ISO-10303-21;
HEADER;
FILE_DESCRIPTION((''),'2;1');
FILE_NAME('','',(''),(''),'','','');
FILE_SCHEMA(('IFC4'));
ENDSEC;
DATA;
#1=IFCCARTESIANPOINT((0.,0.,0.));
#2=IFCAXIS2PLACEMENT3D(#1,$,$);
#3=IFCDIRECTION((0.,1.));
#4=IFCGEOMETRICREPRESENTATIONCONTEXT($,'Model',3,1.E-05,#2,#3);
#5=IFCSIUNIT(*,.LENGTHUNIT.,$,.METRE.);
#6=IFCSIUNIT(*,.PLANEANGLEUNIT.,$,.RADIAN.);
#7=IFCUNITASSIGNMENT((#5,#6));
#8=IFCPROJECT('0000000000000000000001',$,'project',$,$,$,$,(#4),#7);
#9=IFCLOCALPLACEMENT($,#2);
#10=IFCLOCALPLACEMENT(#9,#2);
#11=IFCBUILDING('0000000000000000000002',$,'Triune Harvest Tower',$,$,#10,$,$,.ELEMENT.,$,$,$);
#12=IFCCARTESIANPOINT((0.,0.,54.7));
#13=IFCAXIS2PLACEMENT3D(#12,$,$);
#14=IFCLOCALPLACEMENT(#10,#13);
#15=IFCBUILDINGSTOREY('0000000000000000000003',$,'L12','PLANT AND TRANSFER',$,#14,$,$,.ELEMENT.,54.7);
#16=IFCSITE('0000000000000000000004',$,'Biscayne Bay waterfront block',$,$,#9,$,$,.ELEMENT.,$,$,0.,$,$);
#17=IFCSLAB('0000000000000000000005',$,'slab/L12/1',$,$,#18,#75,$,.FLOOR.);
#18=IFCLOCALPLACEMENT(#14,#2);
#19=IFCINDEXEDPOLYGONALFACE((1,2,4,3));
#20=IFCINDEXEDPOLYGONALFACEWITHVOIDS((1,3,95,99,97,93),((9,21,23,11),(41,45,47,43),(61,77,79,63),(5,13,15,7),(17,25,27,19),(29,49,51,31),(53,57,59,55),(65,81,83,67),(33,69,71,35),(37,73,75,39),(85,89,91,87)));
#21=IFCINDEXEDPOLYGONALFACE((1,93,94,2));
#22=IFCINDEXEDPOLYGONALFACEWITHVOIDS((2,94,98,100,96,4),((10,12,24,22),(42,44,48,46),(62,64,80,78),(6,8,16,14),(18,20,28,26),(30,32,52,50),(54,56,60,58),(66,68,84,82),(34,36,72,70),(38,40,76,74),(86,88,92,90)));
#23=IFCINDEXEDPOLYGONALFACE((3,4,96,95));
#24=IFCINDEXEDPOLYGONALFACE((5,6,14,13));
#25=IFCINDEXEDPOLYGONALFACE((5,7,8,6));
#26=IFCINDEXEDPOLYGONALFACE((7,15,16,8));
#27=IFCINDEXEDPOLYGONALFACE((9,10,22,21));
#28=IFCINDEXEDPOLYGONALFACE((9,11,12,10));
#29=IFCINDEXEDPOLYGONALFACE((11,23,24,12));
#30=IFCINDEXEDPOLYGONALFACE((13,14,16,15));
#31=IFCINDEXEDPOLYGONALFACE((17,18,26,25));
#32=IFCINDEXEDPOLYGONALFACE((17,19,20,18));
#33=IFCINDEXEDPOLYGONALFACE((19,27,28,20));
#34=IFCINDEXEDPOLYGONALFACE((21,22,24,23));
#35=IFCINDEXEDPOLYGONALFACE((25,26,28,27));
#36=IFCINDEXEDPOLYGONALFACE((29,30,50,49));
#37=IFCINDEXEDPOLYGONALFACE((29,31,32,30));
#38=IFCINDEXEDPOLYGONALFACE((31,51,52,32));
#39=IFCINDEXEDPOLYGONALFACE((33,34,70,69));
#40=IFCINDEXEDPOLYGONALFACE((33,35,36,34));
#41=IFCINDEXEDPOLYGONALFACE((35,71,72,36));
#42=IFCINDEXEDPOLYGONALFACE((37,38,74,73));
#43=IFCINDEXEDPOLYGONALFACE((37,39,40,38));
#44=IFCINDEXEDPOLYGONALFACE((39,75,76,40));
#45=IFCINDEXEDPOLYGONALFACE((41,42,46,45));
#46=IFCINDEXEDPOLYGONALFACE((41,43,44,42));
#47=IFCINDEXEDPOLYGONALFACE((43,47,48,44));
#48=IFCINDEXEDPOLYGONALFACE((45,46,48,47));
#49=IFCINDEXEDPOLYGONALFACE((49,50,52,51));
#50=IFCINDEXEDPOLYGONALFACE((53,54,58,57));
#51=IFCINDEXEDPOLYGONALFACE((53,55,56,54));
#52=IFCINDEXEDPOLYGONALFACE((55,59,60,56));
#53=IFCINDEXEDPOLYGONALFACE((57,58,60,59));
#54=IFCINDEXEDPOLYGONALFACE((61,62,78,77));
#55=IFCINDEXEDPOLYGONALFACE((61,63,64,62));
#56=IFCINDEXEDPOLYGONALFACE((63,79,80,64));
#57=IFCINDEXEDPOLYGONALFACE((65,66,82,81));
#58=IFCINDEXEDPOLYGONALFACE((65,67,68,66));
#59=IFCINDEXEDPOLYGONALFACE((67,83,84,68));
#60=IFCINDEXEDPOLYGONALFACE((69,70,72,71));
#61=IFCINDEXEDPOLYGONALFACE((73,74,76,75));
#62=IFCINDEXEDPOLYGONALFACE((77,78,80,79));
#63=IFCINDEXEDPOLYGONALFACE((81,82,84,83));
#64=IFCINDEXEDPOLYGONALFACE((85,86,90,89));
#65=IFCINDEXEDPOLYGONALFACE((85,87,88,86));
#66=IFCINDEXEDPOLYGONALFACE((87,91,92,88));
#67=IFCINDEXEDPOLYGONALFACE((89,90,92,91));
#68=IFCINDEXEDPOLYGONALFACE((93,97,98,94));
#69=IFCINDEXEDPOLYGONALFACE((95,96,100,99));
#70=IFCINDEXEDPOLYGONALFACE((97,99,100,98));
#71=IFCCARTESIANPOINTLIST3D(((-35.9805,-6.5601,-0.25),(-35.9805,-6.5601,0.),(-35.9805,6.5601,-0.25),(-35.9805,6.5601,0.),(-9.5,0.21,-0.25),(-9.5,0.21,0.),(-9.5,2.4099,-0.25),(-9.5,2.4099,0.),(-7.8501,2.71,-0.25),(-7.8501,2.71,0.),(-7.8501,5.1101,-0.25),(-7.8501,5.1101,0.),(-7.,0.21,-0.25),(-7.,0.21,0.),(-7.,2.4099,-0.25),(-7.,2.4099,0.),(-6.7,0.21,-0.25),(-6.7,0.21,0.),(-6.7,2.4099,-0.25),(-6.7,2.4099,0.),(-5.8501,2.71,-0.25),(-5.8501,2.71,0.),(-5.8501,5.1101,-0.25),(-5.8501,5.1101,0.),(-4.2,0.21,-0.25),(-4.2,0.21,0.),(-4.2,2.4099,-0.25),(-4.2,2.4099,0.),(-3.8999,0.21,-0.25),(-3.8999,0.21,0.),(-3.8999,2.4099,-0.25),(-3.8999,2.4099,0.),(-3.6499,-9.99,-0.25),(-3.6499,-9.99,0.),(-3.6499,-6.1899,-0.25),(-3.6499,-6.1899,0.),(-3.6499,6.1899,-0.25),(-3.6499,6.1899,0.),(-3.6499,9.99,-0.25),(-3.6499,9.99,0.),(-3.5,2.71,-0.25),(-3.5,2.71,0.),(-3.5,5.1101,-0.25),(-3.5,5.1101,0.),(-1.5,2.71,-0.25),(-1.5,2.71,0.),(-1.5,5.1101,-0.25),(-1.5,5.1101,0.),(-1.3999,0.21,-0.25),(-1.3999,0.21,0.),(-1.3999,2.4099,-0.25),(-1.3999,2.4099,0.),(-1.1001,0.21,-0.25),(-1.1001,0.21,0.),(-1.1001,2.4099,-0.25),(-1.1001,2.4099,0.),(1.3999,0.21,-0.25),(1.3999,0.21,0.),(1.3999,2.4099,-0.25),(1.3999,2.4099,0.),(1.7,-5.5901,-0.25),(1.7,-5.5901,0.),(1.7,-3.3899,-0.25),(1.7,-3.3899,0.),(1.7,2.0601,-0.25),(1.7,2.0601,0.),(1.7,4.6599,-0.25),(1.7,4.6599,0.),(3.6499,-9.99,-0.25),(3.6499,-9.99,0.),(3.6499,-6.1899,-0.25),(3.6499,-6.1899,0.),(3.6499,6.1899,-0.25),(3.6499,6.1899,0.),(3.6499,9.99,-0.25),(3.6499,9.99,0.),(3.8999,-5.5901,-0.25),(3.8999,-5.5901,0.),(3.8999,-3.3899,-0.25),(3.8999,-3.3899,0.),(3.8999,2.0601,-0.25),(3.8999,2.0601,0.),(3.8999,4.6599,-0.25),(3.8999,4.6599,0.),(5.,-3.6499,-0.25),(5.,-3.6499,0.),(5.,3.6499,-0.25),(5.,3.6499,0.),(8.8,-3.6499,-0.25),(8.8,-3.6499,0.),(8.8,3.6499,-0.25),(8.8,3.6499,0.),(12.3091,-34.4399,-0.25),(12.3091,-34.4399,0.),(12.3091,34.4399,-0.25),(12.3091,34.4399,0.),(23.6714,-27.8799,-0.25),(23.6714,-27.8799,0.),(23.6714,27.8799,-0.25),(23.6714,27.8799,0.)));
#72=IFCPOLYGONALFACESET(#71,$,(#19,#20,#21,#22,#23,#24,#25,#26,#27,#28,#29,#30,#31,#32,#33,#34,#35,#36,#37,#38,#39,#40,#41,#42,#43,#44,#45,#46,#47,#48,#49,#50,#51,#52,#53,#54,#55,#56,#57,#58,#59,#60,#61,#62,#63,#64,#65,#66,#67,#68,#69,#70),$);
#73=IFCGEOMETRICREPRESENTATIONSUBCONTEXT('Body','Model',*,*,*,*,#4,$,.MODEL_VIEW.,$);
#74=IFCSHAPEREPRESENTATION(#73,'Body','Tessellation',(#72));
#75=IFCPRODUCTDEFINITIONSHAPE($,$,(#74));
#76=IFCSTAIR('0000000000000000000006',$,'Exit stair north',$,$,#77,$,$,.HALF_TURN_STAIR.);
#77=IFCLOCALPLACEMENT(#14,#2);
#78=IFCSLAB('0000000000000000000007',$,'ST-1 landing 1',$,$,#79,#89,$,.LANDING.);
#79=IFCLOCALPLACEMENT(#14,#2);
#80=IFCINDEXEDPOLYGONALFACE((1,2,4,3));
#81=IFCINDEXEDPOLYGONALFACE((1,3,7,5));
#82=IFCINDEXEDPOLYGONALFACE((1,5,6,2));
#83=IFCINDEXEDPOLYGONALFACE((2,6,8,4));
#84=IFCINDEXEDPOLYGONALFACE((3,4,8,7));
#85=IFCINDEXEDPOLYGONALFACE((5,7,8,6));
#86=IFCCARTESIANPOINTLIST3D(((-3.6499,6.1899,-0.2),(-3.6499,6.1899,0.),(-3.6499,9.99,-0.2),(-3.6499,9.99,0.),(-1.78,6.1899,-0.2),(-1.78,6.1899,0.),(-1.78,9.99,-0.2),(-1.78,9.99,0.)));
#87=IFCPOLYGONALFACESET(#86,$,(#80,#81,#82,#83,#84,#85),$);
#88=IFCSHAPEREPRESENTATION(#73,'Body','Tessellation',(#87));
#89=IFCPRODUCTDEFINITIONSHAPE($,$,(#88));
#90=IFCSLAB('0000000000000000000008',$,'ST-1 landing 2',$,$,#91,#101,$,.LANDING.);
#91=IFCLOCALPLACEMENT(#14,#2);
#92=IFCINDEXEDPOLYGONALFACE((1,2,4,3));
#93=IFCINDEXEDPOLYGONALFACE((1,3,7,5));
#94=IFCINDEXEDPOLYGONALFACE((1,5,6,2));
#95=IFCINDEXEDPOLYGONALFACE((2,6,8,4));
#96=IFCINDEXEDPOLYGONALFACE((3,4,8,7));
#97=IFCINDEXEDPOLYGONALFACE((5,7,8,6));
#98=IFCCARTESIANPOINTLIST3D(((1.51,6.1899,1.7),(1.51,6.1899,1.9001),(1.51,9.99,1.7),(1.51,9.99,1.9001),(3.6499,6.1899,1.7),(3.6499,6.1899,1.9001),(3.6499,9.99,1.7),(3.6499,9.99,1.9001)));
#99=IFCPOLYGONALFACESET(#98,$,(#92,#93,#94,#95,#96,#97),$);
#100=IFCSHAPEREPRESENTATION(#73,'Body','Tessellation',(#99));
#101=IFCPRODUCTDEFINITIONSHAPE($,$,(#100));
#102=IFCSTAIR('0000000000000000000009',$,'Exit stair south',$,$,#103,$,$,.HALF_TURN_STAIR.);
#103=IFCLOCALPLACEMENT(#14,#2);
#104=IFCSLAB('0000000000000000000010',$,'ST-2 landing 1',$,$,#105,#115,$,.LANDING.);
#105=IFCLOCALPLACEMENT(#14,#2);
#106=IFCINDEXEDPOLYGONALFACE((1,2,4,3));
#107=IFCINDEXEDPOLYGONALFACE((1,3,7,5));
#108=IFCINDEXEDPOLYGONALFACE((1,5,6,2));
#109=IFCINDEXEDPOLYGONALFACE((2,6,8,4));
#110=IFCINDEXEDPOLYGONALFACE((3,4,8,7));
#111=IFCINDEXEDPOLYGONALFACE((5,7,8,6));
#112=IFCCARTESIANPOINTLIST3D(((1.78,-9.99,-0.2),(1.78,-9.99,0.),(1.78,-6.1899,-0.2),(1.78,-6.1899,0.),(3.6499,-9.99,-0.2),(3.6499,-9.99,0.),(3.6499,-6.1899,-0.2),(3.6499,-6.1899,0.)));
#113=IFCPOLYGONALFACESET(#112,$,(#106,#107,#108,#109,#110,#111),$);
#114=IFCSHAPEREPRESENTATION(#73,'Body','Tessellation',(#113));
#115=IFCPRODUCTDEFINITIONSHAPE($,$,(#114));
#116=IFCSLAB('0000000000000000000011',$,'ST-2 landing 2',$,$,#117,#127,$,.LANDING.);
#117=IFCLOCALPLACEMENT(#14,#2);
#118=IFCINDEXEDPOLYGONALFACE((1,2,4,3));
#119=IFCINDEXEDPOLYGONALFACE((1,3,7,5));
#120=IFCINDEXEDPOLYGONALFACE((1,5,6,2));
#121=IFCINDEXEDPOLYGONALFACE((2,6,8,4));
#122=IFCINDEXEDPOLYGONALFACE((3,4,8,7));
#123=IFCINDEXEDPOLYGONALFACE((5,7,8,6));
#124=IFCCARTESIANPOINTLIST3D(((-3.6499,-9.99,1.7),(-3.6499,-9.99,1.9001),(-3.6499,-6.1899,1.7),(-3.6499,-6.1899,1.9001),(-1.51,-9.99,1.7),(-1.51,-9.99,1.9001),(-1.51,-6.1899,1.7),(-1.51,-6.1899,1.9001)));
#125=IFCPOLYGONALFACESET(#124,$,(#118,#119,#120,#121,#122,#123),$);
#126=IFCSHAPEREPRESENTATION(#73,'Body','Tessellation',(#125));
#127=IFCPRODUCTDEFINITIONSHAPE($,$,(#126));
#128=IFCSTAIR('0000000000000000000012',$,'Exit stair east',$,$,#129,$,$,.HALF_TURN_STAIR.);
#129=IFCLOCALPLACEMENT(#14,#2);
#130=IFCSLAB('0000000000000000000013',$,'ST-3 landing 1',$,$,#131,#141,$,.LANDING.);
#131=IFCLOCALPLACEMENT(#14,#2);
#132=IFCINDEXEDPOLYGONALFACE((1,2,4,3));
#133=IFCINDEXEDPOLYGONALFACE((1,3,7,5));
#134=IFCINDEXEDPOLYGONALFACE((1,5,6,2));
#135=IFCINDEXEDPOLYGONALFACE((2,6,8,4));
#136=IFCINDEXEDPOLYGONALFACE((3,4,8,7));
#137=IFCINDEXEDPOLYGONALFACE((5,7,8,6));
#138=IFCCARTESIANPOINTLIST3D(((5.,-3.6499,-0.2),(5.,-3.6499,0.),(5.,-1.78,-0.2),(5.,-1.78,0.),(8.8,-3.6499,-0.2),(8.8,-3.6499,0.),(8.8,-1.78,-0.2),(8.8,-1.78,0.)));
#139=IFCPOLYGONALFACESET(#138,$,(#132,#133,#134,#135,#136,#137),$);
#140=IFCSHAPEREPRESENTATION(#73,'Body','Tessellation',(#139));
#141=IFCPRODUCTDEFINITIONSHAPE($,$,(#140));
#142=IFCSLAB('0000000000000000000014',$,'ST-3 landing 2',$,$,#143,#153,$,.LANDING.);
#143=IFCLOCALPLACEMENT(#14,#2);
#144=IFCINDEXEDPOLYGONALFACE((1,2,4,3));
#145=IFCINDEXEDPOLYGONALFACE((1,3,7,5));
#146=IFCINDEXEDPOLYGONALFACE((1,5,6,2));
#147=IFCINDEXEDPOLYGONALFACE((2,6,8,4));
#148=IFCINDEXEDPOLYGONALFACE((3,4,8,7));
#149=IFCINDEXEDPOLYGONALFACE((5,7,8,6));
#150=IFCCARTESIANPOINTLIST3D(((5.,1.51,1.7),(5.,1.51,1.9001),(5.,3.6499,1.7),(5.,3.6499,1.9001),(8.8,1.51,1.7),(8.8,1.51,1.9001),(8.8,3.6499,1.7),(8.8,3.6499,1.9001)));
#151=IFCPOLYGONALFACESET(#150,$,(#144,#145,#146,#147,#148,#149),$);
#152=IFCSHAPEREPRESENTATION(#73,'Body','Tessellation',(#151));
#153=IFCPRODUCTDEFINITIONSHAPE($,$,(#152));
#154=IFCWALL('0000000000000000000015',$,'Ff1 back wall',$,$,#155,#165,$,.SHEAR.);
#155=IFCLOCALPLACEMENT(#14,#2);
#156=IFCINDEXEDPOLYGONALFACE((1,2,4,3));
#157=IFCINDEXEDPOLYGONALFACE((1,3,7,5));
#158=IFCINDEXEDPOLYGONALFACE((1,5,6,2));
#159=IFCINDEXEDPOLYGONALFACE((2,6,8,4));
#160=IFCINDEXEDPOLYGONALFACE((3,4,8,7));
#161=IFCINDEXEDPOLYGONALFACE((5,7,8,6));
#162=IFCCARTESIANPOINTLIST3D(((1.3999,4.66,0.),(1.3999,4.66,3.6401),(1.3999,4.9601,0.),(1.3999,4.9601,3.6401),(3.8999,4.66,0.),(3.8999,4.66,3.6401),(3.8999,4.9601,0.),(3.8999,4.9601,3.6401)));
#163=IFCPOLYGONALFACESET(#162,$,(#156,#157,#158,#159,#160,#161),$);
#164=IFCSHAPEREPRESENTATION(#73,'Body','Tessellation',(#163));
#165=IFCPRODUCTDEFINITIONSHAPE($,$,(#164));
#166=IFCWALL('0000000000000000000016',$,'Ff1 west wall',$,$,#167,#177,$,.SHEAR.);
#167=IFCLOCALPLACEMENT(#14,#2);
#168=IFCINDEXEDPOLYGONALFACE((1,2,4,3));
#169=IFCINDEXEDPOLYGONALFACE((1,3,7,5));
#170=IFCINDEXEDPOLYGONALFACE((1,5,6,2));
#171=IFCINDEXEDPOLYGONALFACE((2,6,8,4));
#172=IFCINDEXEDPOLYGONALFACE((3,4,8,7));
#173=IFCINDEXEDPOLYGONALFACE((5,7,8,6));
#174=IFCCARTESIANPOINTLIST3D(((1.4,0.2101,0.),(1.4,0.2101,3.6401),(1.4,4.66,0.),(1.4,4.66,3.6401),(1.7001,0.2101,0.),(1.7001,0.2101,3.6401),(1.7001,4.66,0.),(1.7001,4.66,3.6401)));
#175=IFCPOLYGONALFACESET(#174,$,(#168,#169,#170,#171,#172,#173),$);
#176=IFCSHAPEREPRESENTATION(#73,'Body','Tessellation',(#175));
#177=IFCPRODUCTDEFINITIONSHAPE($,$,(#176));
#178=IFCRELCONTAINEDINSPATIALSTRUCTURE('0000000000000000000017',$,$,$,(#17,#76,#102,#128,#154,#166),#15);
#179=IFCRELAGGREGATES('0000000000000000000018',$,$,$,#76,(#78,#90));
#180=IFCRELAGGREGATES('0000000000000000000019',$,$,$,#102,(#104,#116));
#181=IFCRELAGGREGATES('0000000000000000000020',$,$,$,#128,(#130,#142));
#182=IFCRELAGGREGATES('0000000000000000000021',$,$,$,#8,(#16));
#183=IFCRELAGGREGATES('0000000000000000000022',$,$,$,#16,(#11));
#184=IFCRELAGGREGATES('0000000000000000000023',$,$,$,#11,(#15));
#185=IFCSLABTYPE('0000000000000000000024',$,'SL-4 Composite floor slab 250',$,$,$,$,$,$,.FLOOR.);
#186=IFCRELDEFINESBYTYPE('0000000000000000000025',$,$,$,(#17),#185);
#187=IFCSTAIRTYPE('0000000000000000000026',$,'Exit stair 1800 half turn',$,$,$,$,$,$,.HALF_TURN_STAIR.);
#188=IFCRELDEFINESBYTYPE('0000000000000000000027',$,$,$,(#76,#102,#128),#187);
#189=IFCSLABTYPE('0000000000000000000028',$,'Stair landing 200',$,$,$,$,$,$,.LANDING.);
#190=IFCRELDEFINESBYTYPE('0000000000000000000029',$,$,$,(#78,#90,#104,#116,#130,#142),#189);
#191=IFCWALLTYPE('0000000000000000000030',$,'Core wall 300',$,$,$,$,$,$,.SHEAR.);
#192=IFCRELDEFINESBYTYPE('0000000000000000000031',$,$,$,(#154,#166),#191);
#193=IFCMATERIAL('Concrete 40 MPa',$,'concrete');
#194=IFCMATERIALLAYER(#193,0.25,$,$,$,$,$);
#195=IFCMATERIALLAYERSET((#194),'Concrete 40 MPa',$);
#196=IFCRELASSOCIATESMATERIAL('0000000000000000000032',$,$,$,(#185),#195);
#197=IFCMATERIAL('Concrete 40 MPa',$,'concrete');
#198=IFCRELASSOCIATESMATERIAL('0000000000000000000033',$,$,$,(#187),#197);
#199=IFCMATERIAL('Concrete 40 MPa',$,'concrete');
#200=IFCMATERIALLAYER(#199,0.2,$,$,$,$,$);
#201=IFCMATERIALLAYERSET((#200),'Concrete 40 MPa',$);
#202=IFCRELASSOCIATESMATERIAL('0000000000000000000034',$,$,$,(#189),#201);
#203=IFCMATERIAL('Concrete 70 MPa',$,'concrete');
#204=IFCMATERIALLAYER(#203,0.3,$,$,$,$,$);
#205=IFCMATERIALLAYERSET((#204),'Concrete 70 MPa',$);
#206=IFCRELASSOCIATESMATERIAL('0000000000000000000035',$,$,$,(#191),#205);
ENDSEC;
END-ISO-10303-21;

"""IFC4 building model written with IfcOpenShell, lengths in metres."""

from ifc_helpers import new_model, si_unit, direction, frame, frame_2d, origin, place, context, subcontext, project, spatial, polyline, rectangle, outline, extrude, source, transform, mapped, material, layer, layer_set, type_object, element, aggregate, save


model = new_model("IFC4")

# Units and contexts
model_context = context("Model", 3, precision=1e-05, world=origin(), true_north=direction((0.0, 1.0)))
body_context = subcontext(model_context, "Body", "Model", "MODEL_VIEW")
ifc_project = project(units=[si_unit("LENGTHUNIT", "METRE"), si_unit("PLANEANGLEUNIT", "RADIAN")], contexts=[model_context])

# Site, building, storey
site_placement = place(None, origin())
site = spatial("IfcSite", under=ifc_project, at=site_placement, Name="Biscayne Bay waterfront block", CompositionType="ELEMENT", RefElevation=0.0)
building_placement = place(site_placement, origin())
building = spatial("IfcBuilding", under=site, at=building_placement, Name="Triune Harvest Tower", CompositionType="ELEMENT")
storey_placement = place(building_placement, frame((0.0, 0.0, 54.7)))
storey = spatial("IfcBuildingStorey", under=building, at=storey_placement, Name="L12", Description="PLANT AND TRANSFER", CompositionType="ELEMENT", Elevation=54.7)

# Slab
ifc_material_1 = material(Name="Concrete 40 MPa", Category="concrete")
ifc_layer_1 = layer(ifc_material_1, 0.25)
ifc_layer_set_1 = layer_set([ifc_layer_1], Name="Concrete 40 MPa")
slab_type_1 = type_object("IfcSlabType", Name="SL-4 Composite floor slab 250", PredefinedType="FLOOR", material=ifc_layer_set_1)
slab_1_placement = place(storey_placement, frame((0.0, 0.0, -0.25)))
element("IfcSlab", 1, at=slab_1_placement, inside=storey, type_object=slab_type_1, Name="slab/L12/1", PredefinedType="FLOOR", context=body_context, shape_type="SweptSolid", body=[
    extrude(outline(polyline([(23.6714, -27.8799), (23.6714, 27.8799), (12.3091, 34.4399), (-35.9805, 6.5601), (-35.9805, -6.5601), (12.3091, -34.4399), (23.6714, -27.8799)]), holes=[polyline([(-7.0, 0.21), (-7.0, 2.4099), (-9.5, 2.4099), (-9.5, 0.21), (-7.0, 0.21)]), polyline([(-4.2, 0.21), (-4.2, 2.4099), (-6.7, 2.4099), (-6.7, 0.21), (-4.2, 0.21)]), polyline([(-1.3999, 0.21), (-1.3999, 2.4099), (-3.8999, 2.4099), (-3.8999, 0.21), (-1.3999, 0.21)]), polyline([(1.3999, 0.21), (1.3999, 2.4099), (-1.1001, 2.4099), (-1.1001, 0.21), (1.3999, 0.21)]), polyline([(3.8999, 2.0601), (3.8999, 4.6599), (1.7, 4.6599), (1.7, 2.0601), (3.8999, 2.0601)]), polyline([(3.8999, -5.5901), (3.8999, -3.3899), (1.7, -3.3899), (1.7, -5.5901), (3.8999, -5.5901)]), polyline([(-5.8501, 2.71), (-5.8501, 5.1101), (-7.8501, 5.1101), (-7.8501, 2.71), (-5.8501, 2.71)]), polyline([(-1.5, 2.71), (-1.5, 5.1101), (-3.5, 5.1101), (-3.5, 2.71), (-1.5, 2.71)]), polyline([(3.6499, 6.1899), (3.6499, 9.99), (-3.6499, 9.99), (-3.6499, 6.1899), (3.6499, 6.1899)]), polyline([(3.6499, -9.99), (3.6499, -6.1899), (-3.6499, -6.1899), (-3.6499, -9.99), (3.6499, -9.99)]), polyline([(8.8, -3.6499), (8.8, 3.6499), (5.0, 3.6499), (5.0, -3.6499), (8.8, -3.6499)])]), origin(), (0.0, 0.0, 1.0), 0.25),
])

# Stairs, slabs
ifc_material_2 = material(Name="Concrete 40 MPa", Category="concrete")
stair_type = type_object("IfcStairType", Name="Exit stair 1800 half turn", PredefinedType="HALF_TURN_STAIR", material=ifc_material_2)
stair_1_placement = place(storey_placement, origin())
stair_1 = element("IfcStair", 2, at=stair_1_placement, inside=storey, type_object=stair_type, Name="Exit stair north", PredefinedType="HALF_TURN_STAIR")
ifc_material_3 = material(Name="Concrete 40 MPa", Category="concrete")
ifc_layer_2 = layer(ifc_material_3, 0.2)
ifc_layer_set_2 = layer_set([ifc_layer_2], Name="Concrete 40 MPa")
slab_type_2 = type_object("IfcSlabType", Name="Stair landing 200", PredefinedType="LANDING", material=ifc_layer_set_2)
shared_shape_1 = source(origin(), body_context, "Body", "SweptSolid", [
    extrude(outline(polyline([(-3.6499, 6.1899), (-1.78, 6.1899), (-1.78, 9.99), (-3.6499, 9.99), (-3.6499, 6.1899)])), origin(), (0.0, 0.0, 1.0), 0.2),
])
slab_2_placement = place(storey_placement, frame((0.0, 0.0, -0.2)))
slab_2 = element("IfcSlab", 3, at=slab_2_placement, type_object=slab_type_2, Name="ST-1 landing 1", PredefinedType="LANDING", context=body_context, shape_type="MappedRepresentation", body=[
    mapped(shared_shape_1, transform((0.0, 0.0, 0.0), scale=1.0)),
])
shared_shape_2 = source(origin(), body_context, "Body", "SweptSolid", [
    extrude(outline(polyline([(1.51, 6.1899), (3.6499, 6.1899), (3.6499, 9.99), (1.51, 9.99), (1.51, 6.1899)])), origin(), (0.0, 0.0, 1.0), 0.2002),
])
slab_3_placement = place(storey_placement, frame((0.0, 0.0, 1.7)))
slab_3 = element("IfcSlab", 4, at=slab_3_placement, type_object=slab_type_2, Name="ST-1 landing 2", PredefinedType="LANDING", context=body_context, shape_type="MappedRepresentation", body=[
    mapped(shared_shape_2, transform((0.0, 0.0, 0.0), scale=1.0)),
])
aggregate(stair_1, [slab_2, slab_3])
stair_2_placement = place(storey_placement, origin())
stair_2 = element("IfcStair", 5, at=stair_2_placement, inside=storey, type_object=stair_type, Name="Exit stair south", PredefinedType="HALF_TURN_STAIR")
shared_shape_3 = source(origin(), body_context, "Body", "SweptSolid", [
    extrude(outline(polyline([(3.6499, -6.1899), (1.78, -6.1899), (1.78, -9.99), (3.6499, -9.99), (3.6499, -6.1899)])), origin(), (0.0, 0.0, 1.0), 0.2),
])
slab_4_placement = place(storey_placement, frame((0.0, 0.0, -0.2)))
slab_4 = element("IfcSlab", 6, at=slab_4_placement, type_object=slab_type_2, Name="ST-2 landing 1", PredefinedType="LANDING", context=body_context, shape_type="MappedRepresentation", body=[
    mapped(shared_shape_3, transform((0.0, 0.0, 0.0), scale=1.0)),
])
shared_shape_4 = source(origin(), body_context, "Body", "SweptSolid", [
    extrude(outline(polyline([(-1.51, -6.1899), (-3.6499, -6.1899), (-3.6499, -9.99), (-1.51, -9.99), (-1.51, -6.1899)])), origin(), (0.0, 0.0, 1.0), 0.2002),
])
slab_5_placement = place(storey_placement, frame((0.0, 0.0, 1.7)))
slab_5 = element("IfcSlab", 7, at=slab_5_placement, type_object=slab_type_2, Name="ST-2 landing 2", PredefinedType="LANDING", context=body_context, shape_type="MappedRepresentation", body=[
    mapped(shared_shape_4, transform((0.0, 0.0, 0.0), scale=1.0)),
])
aggregate(stair_2, [slab_4, slab_5])
stair_3_placement = place(storey_placement, origin())
stair_3 = element("IfcStair", 8, at=stair_3_placement, inside=storey, type_object=stair_type, Name="Exit stair east", PredefinedType="HALF_TURN_STAIR")
shared_shape_5 = source(origin(), body_context, "Body", "SweptSolid", [
    extrude(outline(polyline([(8.8, -3.6499), (8.8, -1.78), (5.0, -1.78), (5.0, -3.6499), (8.8, -3.6499)])), origin(), (0.0, 0.0, 1.0), 0.2),
])
slab_6_placement = place(storey_placement, frame((0.0, 0.0, -0.2)))
slab_6 = element("IfcSlab", 9, at=slab_6_placement, type_object=slab_type_2, Name="ST-3 landing 1", PredefinedType="LANDING", context=body_context, shape_type="MappedRepresentation", body=[
    mapped(shared_shape_5, transform((0.0, 0.0, 0.0), scale=1.0)),
])
shared_shape_6 = source(origin(), body_context, "Body", "SweptSolid", [
    extrude(outline(polyline([(8.8, 1.51), (8.8, 3.6499), (5.0, 3.6499), (5.0, 1.51), (8.8, 1.51)])), origin(), (0.0, 0.0, 1.0), 0.2002),
])
slab_7_placement = place(storey_placement, frame((0.0, 0.0, 1.7)))
slab_7 = element("IfcSlab", 10, at=slab_7_placement, type_object=slab_type_2, Name="ST-3 landing 2", PredefinedType="LANDING", context=body_context, shape_type="MappedRepresentation", body=[
    mapped(shared_shape_6, transform((0.0, 0.0, 0.0), scale=1.0)),
])
aggregate(stair_3, [slab_6, slab_7])

# Walls
ifc_material_4 = material(Name="Concrete 70 MPa", Category="concrete")
ifc_layer_3 = layer(ifc_material_4, 0.3)
ifc_layer_set_3 = layer_set([ifc_layer_3], Name="Concrete 70 MPa")
wall_type_1 = type_object("IfcWallType", Name="Core wall 300", PredefinedType="SHEAR", material=ifc_layer_set_3)
shared_shape_7 = source(origin(), body_context, "Body", "SweptSolid", [
    extrude(rectangle(XDim=2.5, YDim=0.3, at=frame_2d((1.25, 0.0))), origin(), (0.0, 0.0, 1.0), 3.6401),
])
wall_1_placement = place(storey_placement, frame((1.3999, 4.8101, 0.0), z_axis=(0.0, 0.0, 1.0), x_axis=(1.0, 0.0, 0.0)))
element("IfcWall", 11, at=wall_1_placement, inside=storey, type_object=wall_type_1, Name="Ff1 back wall", PredefinedType="SHEAR", context=body_context, shape_type="MappedRepresentation", body=[
    mapped(shared_shape_7, transform((0.0, 0.0, 0.0), scale=1.0)),
])
shared_shape_8 = source(origin(), body_context, "Body", "SweptSolid", [
    extrude(rectangle(XDim=4.45, YDim=0.3, at=frame_2d((2.2251, 0.0))), origin(), (0.0, 0.0, 1.0), 3.6401),
])
wall_2_placement = place(storey_placement, frame((1.55, 0.21, 0.0), z_axis=(0.0, 0.0, 1.0), x_axis=(0.0, 1.0, 0.0)))
element("IfcWall", 12, at=wall_2_placement, inside=storey, type_object=wall_type_1, Name="Ff1 west wall", PredefinedType="SHEAR", context=body_context, shape_type="MappedRepresentation", body=[
    mapped(shared_shape_8, transform((0.0, 0.0, 0.0), scale=1.0)),
])

save(model, "model.ifc")
